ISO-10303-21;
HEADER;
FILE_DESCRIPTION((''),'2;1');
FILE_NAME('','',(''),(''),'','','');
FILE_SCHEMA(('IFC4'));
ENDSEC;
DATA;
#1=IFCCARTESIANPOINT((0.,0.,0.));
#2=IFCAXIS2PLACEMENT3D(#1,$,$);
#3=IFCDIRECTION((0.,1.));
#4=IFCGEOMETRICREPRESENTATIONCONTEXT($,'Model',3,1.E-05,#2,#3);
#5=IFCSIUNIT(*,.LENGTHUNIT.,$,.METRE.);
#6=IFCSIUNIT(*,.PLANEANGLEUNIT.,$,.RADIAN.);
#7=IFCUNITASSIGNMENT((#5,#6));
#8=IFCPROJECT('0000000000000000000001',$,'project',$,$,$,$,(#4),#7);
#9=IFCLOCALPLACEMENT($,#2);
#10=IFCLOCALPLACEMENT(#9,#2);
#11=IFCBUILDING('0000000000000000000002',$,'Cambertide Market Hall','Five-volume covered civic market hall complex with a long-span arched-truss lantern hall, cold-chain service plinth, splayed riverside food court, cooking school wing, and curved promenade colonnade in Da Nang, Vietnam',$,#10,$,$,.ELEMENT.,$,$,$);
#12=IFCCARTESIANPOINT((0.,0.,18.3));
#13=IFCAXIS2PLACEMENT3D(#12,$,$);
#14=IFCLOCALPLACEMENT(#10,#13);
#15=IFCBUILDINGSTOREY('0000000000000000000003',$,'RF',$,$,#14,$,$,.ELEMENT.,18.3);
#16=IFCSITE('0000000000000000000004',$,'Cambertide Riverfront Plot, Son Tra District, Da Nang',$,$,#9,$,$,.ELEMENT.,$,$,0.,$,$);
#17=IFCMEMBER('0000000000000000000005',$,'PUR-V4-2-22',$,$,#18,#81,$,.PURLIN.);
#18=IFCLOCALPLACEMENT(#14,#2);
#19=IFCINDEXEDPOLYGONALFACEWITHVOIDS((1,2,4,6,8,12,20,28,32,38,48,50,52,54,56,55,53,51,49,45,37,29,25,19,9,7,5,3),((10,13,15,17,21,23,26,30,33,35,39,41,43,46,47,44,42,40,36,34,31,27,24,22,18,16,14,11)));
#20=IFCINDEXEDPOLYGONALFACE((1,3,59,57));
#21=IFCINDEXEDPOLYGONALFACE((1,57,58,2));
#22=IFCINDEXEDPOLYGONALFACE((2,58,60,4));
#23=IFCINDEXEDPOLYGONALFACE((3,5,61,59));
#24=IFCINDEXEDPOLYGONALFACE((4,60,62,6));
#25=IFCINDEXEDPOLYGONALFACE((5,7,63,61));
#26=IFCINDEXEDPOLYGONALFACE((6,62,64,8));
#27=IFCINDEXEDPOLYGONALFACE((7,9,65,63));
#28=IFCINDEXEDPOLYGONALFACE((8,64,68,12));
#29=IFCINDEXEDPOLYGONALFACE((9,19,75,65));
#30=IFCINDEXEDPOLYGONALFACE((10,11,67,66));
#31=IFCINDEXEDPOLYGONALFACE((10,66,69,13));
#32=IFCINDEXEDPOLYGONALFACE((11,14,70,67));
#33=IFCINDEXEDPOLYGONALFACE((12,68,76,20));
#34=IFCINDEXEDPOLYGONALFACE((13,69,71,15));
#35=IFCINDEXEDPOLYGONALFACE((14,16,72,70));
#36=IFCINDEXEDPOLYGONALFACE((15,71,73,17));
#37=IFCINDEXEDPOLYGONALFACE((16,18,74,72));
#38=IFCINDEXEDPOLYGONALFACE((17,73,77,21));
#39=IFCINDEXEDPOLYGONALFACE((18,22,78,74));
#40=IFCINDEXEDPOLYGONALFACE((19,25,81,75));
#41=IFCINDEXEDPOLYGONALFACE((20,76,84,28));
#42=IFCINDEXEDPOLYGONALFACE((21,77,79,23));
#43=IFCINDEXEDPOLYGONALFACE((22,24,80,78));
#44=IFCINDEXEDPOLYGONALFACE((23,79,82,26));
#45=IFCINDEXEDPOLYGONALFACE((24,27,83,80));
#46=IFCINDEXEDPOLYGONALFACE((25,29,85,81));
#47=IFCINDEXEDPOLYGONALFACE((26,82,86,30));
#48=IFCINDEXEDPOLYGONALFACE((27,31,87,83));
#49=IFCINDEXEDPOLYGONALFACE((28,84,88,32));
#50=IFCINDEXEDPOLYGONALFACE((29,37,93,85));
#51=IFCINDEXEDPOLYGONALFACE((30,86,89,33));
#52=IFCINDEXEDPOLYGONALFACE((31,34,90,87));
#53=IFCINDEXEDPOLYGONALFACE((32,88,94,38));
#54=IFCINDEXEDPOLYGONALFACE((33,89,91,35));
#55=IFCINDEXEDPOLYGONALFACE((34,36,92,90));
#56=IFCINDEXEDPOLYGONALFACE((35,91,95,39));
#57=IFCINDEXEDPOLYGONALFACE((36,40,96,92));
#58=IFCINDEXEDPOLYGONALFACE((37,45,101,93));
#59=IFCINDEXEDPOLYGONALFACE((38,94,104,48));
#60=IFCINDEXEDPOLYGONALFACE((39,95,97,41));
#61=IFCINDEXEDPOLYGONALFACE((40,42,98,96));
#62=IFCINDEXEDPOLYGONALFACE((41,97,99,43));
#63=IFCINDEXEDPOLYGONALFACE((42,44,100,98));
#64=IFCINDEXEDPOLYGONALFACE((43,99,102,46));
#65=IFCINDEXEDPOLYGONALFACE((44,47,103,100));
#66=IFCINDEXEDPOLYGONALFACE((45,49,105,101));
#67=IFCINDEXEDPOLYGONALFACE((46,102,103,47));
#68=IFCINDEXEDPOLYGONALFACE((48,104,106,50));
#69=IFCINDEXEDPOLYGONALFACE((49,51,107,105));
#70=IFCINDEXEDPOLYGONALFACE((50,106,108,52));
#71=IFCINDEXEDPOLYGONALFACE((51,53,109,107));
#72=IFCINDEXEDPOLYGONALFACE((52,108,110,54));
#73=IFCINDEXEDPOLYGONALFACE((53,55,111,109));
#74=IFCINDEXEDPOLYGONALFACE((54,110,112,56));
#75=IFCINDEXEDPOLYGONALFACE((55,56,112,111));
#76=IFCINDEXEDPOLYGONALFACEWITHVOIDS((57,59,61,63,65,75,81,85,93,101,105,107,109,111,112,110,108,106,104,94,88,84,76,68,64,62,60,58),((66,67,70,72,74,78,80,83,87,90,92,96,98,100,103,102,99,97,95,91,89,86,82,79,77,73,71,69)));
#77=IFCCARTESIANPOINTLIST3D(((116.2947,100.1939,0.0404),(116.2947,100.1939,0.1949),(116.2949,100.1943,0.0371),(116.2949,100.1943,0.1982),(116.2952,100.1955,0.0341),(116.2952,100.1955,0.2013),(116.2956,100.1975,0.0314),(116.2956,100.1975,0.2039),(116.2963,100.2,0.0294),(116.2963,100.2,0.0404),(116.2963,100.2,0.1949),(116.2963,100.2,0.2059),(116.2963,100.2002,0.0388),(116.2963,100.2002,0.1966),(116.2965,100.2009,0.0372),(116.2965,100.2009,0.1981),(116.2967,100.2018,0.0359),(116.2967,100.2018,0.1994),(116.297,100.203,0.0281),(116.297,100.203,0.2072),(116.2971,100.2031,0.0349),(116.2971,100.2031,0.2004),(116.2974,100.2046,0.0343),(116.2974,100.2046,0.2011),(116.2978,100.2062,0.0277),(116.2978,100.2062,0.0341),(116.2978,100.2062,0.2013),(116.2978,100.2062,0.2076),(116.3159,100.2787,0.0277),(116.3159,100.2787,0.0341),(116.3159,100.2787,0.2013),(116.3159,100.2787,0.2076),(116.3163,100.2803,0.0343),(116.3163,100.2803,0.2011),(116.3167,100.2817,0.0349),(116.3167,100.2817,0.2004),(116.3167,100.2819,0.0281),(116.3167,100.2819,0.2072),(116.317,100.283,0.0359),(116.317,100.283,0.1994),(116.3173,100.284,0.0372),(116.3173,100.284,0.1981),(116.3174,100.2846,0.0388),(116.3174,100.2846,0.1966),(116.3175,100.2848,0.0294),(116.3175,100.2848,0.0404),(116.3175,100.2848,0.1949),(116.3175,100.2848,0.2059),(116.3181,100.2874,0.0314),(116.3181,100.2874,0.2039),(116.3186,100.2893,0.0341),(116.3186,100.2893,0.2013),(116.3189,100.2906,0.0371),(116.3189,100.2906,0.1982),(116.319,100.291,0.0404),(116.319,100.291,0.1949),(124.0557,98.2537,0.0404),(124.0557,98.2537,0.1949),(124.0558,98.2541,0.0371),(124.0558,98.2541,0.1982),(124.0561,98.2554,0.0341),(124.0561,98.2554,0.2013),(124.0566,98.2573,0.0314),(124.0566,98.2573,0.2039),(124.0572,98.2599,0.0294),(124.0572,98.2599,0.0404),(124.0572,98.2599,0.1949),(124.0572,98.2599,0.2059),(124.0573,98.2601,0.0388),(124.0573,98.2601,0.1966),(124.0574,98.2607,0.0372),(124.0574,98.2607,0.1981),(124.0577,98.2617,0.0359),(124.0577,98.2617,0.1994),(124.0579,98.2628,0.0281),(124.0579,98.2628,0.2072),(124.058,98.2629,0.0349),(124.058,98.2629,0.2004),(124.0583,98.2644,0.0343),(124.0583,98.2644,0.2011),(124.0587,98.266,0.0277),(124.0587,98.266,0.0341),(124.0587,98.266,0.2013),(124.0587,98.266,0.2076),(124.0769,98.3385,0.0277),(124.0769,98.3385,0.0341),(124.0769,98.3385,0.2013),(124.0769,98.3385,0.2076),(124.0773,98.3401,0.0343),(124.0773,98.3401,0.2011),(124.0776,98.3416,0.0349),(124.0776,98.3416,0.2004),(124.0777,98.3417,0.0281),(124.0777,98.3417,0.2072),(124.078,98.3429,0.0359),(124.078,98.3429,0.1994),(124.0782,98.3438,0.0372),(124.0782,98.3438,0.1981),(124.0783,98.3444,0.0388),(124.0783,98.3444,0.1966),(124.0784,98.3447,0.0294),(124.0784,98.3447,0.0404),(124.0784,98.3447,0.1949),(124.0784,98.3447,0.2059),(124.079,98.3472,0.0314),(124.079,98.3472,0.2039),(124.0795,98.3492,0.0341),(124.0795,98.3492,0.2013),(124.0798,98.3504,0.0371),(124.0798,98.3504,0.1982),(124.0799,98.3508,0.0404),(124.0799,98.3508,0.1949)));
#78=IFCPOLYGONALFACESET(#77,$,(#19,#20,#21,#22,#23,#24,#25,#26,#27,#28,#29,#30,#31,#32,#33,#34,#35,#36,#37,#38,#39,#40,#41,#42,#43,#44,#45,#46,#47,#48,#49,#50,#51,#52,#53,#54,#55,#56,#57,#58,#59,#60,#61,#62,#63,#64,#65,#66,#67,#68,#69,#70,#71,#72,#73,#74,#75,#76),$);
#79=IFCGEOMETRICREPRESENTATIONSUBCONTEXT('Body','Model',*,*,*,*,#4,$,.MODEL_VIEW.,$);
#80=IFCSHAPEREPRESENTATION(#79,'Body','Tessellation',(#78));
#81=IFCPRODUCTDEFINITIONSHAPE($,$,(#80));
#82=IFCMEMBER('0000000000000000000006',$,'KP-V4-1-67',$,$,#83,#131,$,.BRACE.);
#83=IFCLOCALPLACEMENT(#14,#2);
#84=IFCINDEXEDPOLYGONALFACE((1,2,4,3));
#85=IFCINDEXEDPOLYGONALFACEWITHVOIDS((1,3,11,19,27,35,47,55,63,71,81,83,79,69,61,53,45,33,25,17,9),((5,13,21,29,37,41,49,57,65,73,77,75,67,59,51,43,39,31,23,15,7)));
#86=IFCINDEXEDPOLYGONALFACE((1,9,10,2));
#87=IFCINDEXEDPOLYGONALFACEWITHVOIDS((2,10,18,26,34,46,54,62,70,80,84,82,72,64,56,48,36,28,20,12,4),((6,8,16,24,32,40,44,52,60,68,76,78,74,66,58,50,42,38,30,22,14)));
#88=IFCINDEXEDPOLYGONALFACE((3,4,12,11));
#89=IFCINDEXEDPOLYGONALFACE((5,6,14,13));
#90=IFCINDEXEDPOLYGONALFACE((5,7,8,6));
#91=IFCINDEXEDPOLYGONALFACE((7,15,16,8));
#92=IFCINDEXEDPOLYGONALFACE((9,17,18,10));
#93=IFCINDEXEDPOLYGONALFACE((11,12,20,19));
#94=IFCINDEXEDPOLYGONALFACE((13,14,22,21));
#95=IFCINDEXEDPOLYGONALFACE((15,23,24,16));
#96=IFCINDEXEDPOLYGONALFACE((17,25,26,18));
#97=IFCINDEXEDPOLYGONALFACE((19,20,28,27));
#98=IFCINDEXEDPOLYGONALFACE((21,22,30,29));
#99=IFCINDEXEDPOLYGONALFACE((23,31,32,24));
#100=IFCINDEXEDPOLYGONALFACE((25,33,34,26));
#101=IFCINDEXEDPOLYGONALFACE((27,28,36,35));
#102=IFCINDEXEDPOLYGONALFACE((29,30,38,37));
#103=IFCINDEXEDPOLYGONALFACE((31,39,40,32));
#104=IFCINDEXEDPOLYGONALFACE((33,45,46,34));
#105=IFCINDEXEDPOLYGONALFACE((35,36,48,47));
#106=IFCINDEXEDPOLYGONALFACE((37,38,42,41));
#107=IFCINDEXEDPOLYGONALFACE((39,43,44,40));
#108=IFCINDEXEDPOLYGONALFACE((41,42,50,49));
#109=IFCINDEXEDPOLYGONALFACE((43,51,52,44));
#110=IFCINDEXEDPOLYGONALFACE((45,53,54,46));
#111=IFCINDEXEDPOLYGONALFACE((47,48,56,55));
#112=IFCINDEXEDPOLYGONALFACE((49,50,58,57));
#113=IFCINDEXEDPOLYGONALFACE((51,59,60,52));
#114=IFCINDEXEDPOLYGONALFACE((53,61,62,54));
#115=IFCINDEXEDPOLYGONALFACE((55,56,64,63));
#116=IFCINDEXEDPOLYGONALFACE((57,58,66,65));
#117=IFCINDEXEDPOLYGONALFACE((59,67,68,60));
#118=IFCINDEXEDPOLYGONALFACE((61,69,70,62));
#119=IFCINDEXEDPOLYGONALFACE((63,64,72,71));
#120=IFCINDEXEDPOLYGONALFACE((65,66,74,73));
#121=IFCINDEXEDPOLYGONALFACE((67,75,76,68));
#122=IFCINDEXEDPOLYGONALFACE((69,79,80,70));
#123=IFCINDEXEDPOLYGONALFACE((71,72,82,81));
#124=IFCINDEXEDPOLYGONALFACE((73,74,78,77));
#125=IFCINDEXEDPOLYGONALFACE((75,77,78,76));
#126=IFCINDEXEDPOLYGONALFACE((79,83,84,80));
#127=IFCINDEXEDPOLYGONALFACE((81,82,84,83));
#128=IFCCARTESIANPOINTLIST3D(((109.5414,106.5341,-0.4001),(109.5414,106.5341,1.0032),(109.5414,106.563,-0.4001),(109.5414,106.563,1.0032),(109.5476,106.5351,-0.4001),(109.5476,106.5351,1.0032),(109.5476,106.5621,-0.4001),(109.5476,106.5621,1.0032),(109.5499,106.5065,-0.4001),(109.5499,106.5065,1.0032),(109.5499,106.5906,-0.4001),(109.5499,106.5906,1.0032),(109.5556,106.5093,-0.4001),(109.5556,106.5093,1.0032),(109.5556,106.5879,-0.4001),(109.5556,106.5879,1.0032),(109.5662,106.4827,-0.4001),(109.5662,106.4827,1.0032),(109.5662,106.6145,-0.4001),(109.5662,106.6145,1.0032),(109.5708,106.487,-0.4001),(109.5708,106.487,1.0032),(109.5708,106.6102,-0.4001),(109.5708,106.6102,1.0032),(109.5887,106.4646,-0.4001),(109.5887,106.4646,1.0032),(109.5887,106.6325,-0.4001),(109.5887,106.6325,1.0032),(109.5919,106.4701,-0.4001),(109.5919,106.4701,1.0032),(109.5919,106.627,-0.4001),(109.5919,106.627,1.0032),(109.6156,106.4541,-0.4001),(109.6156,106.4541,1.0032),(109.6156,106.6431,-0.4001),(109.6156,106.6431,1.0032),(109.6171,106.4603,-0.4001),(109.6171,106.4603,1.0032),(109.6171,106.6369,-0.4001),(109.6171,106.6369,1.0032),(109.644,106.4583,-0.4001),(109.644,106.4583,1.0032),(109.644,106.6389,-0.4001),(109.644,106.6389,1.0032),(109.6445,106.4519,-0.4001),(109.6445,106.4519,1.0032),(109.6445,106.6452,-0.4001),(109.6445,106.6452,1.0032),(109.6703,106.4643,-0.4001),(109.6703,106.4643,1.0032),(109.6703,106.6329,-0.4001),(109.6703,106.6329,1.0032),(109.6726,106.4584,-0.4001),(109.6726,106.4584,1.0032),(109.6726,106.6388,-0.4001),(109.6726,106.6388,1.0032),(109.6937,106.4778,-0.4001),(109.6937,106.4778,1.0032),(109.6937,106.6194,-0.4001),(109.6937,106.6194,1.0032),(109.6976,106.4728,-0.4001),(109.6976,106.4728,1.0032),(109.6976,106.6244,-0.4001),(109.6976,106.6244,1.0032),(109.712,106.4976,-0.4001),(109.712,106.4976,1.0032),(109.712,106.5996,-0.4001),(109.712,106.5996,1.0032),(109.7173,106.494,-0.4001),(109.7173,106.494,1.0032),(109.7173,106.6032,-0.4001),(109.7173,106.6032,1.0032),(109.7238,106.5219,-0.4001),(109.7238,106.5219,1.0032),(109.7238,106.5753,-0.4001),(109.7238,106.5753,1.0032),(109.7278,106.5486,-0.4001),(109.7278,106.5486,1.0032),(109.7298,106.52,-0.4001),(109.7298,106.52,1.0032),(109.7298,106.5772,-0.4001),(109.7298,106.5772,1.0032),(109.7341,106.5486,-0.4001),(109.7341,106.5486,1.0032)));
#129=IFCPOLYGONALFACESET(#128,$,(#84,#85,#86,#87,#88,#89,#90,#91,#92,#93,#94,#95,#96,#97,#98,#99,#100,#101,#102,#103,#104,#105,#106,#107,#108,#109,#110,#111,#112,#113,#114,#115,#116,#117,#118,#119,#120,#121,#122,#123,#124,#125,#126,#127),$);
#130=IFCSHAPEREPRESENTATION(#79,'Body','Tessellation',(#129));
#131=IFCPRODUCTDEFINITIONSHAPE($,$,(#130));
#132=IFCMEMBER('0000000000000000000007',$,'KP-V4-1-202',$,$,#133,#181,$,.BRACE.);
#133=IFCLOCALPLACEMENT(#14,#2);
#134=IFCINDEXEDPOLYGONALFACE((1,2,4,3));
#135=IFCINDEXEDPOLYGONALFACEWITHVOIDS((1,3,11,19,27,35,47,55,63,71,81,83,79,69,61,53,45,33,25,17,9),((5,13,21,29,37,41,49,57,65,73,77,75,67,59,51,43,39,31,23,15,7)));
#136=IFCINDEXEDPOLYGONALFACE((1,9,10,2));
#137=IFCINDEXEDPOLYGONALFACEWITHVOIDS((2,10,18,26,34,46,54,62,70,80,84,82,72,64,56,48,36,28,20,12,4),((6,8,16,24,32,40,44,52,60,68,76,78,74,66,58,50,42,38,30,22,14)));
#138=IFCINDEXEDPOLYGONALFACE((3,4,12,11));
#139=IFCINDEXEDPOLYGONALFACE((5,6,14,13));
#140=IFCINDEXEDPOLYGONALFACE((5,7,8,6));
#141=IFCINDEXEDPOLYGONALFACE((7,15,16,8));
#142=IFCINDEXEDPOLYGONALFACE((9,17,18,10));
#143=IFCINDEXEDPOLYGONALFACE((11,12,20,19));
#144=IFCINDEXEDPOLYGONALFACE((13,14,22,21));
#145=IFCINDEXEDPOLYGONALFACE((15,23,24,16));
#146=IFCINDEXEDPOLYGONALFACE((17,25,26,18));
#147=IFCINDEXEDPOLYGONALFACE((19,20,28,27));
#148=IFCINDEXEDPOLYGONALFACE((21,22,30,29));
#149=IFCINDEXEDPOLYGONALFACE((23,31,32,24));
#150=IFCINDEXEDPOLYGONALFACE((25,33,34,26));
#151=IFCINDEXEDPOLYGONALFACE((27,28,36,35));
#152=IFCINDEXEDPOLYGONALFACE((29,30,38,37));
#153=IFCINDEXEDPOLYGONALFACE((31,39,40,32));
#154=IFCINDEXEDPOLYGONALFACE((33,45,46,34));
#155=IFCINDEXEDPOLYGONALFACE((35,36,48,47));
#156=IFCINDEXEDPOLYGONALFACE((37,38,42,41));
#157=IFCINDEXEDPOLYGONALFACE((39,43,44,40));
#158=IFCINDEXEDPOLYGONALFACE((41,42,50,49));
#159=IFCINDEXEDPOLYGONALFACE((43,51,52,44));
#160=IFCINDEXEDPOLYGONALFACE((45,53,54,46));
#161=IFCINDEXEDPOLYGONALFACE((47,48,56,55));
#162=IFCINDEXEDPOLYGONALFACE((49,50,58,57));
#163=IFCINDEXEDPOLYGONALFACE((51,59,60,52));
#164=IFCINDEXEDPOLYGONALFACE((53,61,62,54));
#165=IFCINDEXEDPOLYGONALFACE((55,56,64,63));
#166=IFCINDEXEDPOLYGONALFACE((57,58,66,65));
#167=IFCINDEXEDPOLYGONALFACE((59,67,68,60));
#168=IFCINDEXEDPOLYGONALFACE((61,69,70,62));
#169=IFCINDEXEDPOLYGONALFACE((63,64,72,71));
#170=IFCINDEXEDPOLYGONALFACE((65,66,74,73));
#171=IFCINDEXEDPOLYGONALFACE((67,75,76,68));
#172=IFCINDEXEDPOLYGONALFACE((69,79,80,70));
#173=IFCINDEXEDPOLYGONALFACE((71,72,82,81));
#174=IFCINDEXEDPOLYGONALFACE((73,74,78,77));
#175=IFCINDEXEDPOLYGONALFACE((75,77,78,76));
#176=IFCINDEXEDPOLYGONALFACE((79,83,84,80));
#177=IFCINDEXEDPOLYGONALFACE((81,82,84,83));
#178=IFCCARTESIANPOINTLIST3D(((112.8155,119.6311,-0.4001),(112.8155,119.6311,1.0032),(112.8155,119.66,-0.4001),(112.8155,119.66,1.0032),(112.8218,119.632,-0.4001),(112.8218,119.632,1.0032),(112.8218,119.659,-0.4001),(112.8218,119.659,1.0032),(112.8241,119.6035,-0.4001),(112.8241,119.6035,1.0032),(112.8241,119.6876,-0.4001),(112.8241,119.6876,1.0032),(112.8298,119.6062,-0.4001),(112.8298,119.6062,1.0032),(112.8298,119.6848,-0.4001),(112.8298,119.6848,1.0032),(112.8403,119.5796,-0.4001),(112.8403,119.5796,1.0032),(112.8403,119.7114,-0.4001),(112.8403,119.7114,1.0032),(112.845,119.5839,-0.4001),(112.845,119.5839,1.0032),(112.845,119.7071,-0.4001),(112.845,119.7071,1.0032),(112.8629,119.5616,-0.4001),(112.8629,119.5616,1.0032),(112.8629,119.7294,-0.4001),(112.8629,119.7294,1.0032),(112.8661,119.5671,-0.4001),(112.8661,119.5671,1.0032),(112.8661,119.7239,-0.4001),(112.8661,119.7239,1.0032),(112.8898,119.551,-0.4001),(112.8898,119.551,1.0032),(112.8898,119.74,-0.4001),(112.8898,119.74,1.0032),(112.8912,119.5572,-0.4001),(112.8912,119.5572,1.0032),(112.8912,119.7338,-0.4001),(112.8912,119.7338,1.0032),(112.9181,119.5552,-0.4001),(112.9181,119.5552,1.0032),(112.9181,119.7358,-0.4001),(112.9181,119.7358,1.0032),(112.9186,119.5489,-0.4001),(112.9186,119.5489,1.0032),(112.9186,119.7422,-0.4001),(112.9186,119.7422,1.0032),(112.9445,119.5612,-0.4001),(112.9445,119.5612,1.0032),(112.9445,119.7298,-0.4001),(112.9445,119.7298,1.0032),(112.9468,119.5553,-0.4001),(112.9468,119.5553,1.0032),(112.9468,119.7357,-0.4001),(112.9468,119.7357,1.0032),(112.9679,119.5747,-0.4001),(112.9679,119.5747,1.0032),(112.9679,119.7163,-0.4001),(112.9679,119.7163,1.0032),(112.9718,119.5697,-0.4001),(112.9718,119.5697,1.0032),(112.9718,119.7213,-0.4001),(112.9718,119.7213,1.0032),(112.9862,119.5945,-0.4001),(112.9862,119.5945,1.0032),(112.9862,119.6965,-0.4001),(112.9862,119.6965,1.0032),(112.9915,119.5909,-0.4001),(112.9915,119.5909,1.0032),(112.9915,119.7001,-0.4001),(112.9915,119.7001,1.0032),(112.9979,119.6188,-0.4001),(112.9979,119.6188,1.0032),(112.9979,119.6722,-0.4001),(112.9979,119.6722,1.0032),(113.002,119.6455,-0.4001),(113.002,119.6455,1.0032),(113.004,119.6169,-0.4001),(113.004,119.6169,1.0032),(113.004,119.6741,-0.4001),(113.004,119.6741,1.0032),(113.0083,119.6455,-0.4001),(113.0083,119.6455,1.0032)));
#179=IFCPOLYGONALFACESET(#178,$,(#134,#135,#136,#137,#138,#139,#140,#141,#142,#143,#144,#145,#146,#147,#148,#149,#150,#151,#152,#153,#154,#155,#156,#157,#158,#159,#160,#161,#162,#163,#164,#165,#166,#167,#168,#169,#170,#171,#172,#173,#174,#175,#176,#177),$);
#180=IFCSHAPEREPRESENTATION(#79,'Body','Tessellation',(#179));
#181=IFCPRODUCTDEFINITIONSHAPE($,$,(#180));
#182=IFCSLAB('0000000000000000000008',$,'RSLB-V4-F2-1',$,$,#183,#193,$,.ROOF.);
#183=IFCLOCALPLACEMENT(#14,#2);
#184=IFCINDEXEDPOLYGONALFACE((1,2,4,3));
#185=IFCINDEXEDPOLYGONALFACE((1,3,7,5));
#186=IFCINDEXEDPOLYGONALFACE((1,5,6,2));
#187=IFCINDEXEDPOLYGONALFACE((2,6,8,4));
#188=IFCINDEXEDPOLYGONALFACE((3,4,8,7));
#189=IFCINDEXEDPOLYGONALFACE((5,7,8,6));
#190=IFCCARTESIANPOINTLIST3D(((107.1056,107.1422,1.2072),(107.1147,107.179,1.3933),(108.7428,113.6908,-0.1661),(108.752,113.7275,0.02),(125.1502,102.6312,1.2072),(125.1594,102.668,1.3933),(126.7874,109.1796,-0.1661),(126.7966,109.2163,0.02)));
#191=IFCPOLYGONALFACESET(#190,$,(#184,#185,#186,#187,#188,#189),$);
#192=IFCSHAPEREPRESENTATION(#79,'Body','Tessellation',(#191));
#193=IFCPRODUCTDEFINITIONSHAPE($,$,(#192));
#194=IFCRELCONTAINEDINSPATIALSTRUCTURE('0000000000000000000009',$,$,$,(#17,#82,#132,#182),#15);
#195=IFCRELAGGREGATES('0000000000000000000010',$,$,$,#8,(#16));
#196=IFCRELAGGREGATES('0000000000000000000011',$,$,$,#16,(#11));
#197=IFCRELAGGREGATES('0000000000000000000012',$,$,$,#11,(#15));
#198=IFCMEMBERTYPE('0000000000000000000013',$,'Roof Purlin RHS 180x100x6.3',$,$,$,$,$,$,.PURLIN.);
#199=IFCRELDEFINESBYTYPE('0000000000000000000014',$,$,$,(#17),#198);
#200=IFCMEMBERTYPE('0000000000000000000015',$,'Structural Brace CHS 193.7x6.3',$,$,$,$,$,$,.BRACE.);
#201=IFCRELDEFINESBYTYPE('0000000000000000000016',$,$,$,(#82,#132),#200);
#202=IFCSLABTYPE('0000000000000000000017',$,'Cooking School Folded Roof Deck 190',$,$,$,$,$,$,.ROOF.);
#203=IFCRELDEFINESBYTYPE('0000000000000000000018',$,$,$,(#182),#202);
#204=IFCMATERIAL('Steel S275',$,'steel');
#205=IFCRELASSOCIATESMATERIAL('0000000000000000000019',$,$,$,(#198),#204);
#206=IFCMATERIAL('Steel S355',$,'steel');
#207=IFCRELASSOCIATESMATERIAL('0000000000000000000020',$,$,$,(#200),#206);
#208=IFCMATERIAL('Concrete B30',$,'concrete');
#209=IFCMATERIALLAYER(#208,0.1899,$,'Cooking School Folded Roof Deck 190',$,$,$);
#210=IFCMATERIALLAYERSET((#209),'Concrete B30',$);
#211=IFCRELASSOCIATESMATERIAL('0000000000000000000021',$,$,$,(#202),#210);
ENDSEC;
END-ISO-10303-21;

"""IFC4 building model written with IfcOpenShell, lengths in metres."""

from ifc_helpers import new_model, si_unit, direction, frame, origin, origin_2d, place, context, subcontext, project, spatial, polyline, hollow_rectangle, hollow_circle, outline, extrude, material, layer, layer_set, material_profile, profile_set, type_object, element, save


model = new_model("IFC4")

# Units and contexts
model_context = context("Model", 3, precision=1e-05, world=origin(), true_north=direction((0.0, 1.0)))
body_context = subcontext(model_context, "Body", "Model", "MODEL_VIEW")
ifc_project = project(units=[si_unit("LENGTHUNIT", "METRE"), si_unit("PLANEANGLEUNIT", "RADIAN")], contexts=[model_context])

# Site, building, storey
site_placement = place(None, origin())
site = spatial("IfcSite", under=ifc_project, at=site_placement, Name="Cambertide Riverfront Plot, Son Tra District, Da Nang", CompositionType="ELEMENT", RefElevation=0.0)
building_placement = place(site_placement, origin())
building = spatial("IfcBuilding", under=site, at=building_placement, Name="Cambertide Market Hall", Description="Five-volume covered civic market hall complex with a long-span arched-truss lantern hall, cold-chain service plinth, splayed riverside food court, cooking school wing, and curved promenade colonnade in Da Nang, Vietnam", CompositionType="ELEMENT")
storey_placement = place(building_placement, frame((0.0, 0.0, 18.3)))
storey = spatial("IfcBuildingStorey", under=building, at=storey_placement, Name="RF", CompositionType="ELEMENT", Elevation=18.3)

# Members
ifc_material_1 = material(Name="Steel S275", Category="steel")
ifc_material_profile_1 = material_profile(ifc_material_1, hollow_rectangle(XDim=0.1001, YDim=0.1799, WallThickness=0.0063, InnerFilletRadius=0.0063, OuterFilletRadius=0.0127, at=origin_2d()), Name="RHS 180x100x6.3")
ifc_profile_set_1 = profile_set([ifc_material_profile_1], Name="Steel S275")
member_type_1 = type_object("IfcMemberType", Name="Roof Purlin RHS 180x100x6.3", PredefinedType="PURLIN", material=ifc_profile_set_1)
member_1_placement = place(storey_placement, frame((116.3069, 100.2424, 0.1177), z_axis=(0.970144, -0.242528, 0.0), x_axis=(0.242528, 0.970144, 0.0)))
element("IfcMember", 1, at=member_1_placement, inside=storey, type_object=member_type_1, Name="PUR-V4-2-22", PredefinedType="PURLIN", context=body_context, shape_type="SweptSolid", body=[
    extrude(hollow_rectangle(XDim=0.1001, YDim=0.1799, WallThickness=0.0063, InnerFilletRadius=0.0063, OuterFilletRadius=0.0127, at=origin_2d()), origin(), (0.0, 0.0, 1.0), 7.9998),
])
ifc_material_2 = material(Name="Steel S355", Category="steel")
ifc_material_profile_2 = material_profile(ifc_material_2, hollow_circle(Radius=0.0969, WallThickness=0.0063, at=origin_2d()), Name="CHS 193.7x6.3")
ifc_profile_set_2 = profile_set([ifc_material_profile_2], Name="Steel S355")
member_type_2 = type_object("IfcMemberType", Name="Structural Brace CHS 193.7x6.3", PredefinedType="BRACE", material=ifc_profile_set_2)
for number, where, z_axis, x_axis, name in (
    (2, (109.6372, 106.5486, -0.4001), (0.0, 0.0, 1.0), (1.0, 0.0, 0.0), "KP-V4-1-67"),
    (3, (112.9114, 119.6455, -0.4001), (0.0, 0.0, 1.0), (1.0, 0.0, 0.0), "KP-V4-1-202"),
):
    element("IfcMember", number, at=place(storey_placement, frame(where, z_axis=z_axis, x_axis=x_axis)), inside=storey, type_object=member_type_2, Name=name, PredefinedType="BRACE", context=body_context, shape_type="SweptSolid", body=[
        extrude(hollow_circle(Radius=0.0969, WallThickness=0.0063, at=origin_2d()), origin(), (0.0, 0.0, 1.0), 1.4033),
    ])

# Slab
ifc_material_3 = material(Name="Concrete B30", Category="concrete")
ifc_layer_1 = layer(ifc_material_3, 0.1899, Name="Cooking School Folded Roof Deck 190")
ifc_layer_set_1 = layer_set([ifc_layer_1], Name="Concrete B30")
slab_type = type_object("IfcSlabType", Name="Cooking School Folded Roof Deck 190", PredefinedType="ROOF", material=ifc_layer_set_1)
slab_1_placement = place(storey_placement, frame((107.1147, 107.179, 1.3933), z_axis=(0.048353, 0.193413, 0.979925), x_axis=(0.970145, -0.242527, -0.000001)))
element("IfcSlab", 4, at=slab_1_placement, inside=storey, type_object=slab_type, Name="RSLB-V4-F2-1", PredefinedType="ROOF", context=body_context, shape_type="SweptSolid", body=[
    extrude(outline(polyline([(0.0, 0.0), (18.6, 0.0), (18.6002, 6.8882), (0.0001, 6.8884), (0.0, 0.0)])), origin(), (0.0, 0.0, -1.0), 0.1899),
])

save(model, "model.ifc")
